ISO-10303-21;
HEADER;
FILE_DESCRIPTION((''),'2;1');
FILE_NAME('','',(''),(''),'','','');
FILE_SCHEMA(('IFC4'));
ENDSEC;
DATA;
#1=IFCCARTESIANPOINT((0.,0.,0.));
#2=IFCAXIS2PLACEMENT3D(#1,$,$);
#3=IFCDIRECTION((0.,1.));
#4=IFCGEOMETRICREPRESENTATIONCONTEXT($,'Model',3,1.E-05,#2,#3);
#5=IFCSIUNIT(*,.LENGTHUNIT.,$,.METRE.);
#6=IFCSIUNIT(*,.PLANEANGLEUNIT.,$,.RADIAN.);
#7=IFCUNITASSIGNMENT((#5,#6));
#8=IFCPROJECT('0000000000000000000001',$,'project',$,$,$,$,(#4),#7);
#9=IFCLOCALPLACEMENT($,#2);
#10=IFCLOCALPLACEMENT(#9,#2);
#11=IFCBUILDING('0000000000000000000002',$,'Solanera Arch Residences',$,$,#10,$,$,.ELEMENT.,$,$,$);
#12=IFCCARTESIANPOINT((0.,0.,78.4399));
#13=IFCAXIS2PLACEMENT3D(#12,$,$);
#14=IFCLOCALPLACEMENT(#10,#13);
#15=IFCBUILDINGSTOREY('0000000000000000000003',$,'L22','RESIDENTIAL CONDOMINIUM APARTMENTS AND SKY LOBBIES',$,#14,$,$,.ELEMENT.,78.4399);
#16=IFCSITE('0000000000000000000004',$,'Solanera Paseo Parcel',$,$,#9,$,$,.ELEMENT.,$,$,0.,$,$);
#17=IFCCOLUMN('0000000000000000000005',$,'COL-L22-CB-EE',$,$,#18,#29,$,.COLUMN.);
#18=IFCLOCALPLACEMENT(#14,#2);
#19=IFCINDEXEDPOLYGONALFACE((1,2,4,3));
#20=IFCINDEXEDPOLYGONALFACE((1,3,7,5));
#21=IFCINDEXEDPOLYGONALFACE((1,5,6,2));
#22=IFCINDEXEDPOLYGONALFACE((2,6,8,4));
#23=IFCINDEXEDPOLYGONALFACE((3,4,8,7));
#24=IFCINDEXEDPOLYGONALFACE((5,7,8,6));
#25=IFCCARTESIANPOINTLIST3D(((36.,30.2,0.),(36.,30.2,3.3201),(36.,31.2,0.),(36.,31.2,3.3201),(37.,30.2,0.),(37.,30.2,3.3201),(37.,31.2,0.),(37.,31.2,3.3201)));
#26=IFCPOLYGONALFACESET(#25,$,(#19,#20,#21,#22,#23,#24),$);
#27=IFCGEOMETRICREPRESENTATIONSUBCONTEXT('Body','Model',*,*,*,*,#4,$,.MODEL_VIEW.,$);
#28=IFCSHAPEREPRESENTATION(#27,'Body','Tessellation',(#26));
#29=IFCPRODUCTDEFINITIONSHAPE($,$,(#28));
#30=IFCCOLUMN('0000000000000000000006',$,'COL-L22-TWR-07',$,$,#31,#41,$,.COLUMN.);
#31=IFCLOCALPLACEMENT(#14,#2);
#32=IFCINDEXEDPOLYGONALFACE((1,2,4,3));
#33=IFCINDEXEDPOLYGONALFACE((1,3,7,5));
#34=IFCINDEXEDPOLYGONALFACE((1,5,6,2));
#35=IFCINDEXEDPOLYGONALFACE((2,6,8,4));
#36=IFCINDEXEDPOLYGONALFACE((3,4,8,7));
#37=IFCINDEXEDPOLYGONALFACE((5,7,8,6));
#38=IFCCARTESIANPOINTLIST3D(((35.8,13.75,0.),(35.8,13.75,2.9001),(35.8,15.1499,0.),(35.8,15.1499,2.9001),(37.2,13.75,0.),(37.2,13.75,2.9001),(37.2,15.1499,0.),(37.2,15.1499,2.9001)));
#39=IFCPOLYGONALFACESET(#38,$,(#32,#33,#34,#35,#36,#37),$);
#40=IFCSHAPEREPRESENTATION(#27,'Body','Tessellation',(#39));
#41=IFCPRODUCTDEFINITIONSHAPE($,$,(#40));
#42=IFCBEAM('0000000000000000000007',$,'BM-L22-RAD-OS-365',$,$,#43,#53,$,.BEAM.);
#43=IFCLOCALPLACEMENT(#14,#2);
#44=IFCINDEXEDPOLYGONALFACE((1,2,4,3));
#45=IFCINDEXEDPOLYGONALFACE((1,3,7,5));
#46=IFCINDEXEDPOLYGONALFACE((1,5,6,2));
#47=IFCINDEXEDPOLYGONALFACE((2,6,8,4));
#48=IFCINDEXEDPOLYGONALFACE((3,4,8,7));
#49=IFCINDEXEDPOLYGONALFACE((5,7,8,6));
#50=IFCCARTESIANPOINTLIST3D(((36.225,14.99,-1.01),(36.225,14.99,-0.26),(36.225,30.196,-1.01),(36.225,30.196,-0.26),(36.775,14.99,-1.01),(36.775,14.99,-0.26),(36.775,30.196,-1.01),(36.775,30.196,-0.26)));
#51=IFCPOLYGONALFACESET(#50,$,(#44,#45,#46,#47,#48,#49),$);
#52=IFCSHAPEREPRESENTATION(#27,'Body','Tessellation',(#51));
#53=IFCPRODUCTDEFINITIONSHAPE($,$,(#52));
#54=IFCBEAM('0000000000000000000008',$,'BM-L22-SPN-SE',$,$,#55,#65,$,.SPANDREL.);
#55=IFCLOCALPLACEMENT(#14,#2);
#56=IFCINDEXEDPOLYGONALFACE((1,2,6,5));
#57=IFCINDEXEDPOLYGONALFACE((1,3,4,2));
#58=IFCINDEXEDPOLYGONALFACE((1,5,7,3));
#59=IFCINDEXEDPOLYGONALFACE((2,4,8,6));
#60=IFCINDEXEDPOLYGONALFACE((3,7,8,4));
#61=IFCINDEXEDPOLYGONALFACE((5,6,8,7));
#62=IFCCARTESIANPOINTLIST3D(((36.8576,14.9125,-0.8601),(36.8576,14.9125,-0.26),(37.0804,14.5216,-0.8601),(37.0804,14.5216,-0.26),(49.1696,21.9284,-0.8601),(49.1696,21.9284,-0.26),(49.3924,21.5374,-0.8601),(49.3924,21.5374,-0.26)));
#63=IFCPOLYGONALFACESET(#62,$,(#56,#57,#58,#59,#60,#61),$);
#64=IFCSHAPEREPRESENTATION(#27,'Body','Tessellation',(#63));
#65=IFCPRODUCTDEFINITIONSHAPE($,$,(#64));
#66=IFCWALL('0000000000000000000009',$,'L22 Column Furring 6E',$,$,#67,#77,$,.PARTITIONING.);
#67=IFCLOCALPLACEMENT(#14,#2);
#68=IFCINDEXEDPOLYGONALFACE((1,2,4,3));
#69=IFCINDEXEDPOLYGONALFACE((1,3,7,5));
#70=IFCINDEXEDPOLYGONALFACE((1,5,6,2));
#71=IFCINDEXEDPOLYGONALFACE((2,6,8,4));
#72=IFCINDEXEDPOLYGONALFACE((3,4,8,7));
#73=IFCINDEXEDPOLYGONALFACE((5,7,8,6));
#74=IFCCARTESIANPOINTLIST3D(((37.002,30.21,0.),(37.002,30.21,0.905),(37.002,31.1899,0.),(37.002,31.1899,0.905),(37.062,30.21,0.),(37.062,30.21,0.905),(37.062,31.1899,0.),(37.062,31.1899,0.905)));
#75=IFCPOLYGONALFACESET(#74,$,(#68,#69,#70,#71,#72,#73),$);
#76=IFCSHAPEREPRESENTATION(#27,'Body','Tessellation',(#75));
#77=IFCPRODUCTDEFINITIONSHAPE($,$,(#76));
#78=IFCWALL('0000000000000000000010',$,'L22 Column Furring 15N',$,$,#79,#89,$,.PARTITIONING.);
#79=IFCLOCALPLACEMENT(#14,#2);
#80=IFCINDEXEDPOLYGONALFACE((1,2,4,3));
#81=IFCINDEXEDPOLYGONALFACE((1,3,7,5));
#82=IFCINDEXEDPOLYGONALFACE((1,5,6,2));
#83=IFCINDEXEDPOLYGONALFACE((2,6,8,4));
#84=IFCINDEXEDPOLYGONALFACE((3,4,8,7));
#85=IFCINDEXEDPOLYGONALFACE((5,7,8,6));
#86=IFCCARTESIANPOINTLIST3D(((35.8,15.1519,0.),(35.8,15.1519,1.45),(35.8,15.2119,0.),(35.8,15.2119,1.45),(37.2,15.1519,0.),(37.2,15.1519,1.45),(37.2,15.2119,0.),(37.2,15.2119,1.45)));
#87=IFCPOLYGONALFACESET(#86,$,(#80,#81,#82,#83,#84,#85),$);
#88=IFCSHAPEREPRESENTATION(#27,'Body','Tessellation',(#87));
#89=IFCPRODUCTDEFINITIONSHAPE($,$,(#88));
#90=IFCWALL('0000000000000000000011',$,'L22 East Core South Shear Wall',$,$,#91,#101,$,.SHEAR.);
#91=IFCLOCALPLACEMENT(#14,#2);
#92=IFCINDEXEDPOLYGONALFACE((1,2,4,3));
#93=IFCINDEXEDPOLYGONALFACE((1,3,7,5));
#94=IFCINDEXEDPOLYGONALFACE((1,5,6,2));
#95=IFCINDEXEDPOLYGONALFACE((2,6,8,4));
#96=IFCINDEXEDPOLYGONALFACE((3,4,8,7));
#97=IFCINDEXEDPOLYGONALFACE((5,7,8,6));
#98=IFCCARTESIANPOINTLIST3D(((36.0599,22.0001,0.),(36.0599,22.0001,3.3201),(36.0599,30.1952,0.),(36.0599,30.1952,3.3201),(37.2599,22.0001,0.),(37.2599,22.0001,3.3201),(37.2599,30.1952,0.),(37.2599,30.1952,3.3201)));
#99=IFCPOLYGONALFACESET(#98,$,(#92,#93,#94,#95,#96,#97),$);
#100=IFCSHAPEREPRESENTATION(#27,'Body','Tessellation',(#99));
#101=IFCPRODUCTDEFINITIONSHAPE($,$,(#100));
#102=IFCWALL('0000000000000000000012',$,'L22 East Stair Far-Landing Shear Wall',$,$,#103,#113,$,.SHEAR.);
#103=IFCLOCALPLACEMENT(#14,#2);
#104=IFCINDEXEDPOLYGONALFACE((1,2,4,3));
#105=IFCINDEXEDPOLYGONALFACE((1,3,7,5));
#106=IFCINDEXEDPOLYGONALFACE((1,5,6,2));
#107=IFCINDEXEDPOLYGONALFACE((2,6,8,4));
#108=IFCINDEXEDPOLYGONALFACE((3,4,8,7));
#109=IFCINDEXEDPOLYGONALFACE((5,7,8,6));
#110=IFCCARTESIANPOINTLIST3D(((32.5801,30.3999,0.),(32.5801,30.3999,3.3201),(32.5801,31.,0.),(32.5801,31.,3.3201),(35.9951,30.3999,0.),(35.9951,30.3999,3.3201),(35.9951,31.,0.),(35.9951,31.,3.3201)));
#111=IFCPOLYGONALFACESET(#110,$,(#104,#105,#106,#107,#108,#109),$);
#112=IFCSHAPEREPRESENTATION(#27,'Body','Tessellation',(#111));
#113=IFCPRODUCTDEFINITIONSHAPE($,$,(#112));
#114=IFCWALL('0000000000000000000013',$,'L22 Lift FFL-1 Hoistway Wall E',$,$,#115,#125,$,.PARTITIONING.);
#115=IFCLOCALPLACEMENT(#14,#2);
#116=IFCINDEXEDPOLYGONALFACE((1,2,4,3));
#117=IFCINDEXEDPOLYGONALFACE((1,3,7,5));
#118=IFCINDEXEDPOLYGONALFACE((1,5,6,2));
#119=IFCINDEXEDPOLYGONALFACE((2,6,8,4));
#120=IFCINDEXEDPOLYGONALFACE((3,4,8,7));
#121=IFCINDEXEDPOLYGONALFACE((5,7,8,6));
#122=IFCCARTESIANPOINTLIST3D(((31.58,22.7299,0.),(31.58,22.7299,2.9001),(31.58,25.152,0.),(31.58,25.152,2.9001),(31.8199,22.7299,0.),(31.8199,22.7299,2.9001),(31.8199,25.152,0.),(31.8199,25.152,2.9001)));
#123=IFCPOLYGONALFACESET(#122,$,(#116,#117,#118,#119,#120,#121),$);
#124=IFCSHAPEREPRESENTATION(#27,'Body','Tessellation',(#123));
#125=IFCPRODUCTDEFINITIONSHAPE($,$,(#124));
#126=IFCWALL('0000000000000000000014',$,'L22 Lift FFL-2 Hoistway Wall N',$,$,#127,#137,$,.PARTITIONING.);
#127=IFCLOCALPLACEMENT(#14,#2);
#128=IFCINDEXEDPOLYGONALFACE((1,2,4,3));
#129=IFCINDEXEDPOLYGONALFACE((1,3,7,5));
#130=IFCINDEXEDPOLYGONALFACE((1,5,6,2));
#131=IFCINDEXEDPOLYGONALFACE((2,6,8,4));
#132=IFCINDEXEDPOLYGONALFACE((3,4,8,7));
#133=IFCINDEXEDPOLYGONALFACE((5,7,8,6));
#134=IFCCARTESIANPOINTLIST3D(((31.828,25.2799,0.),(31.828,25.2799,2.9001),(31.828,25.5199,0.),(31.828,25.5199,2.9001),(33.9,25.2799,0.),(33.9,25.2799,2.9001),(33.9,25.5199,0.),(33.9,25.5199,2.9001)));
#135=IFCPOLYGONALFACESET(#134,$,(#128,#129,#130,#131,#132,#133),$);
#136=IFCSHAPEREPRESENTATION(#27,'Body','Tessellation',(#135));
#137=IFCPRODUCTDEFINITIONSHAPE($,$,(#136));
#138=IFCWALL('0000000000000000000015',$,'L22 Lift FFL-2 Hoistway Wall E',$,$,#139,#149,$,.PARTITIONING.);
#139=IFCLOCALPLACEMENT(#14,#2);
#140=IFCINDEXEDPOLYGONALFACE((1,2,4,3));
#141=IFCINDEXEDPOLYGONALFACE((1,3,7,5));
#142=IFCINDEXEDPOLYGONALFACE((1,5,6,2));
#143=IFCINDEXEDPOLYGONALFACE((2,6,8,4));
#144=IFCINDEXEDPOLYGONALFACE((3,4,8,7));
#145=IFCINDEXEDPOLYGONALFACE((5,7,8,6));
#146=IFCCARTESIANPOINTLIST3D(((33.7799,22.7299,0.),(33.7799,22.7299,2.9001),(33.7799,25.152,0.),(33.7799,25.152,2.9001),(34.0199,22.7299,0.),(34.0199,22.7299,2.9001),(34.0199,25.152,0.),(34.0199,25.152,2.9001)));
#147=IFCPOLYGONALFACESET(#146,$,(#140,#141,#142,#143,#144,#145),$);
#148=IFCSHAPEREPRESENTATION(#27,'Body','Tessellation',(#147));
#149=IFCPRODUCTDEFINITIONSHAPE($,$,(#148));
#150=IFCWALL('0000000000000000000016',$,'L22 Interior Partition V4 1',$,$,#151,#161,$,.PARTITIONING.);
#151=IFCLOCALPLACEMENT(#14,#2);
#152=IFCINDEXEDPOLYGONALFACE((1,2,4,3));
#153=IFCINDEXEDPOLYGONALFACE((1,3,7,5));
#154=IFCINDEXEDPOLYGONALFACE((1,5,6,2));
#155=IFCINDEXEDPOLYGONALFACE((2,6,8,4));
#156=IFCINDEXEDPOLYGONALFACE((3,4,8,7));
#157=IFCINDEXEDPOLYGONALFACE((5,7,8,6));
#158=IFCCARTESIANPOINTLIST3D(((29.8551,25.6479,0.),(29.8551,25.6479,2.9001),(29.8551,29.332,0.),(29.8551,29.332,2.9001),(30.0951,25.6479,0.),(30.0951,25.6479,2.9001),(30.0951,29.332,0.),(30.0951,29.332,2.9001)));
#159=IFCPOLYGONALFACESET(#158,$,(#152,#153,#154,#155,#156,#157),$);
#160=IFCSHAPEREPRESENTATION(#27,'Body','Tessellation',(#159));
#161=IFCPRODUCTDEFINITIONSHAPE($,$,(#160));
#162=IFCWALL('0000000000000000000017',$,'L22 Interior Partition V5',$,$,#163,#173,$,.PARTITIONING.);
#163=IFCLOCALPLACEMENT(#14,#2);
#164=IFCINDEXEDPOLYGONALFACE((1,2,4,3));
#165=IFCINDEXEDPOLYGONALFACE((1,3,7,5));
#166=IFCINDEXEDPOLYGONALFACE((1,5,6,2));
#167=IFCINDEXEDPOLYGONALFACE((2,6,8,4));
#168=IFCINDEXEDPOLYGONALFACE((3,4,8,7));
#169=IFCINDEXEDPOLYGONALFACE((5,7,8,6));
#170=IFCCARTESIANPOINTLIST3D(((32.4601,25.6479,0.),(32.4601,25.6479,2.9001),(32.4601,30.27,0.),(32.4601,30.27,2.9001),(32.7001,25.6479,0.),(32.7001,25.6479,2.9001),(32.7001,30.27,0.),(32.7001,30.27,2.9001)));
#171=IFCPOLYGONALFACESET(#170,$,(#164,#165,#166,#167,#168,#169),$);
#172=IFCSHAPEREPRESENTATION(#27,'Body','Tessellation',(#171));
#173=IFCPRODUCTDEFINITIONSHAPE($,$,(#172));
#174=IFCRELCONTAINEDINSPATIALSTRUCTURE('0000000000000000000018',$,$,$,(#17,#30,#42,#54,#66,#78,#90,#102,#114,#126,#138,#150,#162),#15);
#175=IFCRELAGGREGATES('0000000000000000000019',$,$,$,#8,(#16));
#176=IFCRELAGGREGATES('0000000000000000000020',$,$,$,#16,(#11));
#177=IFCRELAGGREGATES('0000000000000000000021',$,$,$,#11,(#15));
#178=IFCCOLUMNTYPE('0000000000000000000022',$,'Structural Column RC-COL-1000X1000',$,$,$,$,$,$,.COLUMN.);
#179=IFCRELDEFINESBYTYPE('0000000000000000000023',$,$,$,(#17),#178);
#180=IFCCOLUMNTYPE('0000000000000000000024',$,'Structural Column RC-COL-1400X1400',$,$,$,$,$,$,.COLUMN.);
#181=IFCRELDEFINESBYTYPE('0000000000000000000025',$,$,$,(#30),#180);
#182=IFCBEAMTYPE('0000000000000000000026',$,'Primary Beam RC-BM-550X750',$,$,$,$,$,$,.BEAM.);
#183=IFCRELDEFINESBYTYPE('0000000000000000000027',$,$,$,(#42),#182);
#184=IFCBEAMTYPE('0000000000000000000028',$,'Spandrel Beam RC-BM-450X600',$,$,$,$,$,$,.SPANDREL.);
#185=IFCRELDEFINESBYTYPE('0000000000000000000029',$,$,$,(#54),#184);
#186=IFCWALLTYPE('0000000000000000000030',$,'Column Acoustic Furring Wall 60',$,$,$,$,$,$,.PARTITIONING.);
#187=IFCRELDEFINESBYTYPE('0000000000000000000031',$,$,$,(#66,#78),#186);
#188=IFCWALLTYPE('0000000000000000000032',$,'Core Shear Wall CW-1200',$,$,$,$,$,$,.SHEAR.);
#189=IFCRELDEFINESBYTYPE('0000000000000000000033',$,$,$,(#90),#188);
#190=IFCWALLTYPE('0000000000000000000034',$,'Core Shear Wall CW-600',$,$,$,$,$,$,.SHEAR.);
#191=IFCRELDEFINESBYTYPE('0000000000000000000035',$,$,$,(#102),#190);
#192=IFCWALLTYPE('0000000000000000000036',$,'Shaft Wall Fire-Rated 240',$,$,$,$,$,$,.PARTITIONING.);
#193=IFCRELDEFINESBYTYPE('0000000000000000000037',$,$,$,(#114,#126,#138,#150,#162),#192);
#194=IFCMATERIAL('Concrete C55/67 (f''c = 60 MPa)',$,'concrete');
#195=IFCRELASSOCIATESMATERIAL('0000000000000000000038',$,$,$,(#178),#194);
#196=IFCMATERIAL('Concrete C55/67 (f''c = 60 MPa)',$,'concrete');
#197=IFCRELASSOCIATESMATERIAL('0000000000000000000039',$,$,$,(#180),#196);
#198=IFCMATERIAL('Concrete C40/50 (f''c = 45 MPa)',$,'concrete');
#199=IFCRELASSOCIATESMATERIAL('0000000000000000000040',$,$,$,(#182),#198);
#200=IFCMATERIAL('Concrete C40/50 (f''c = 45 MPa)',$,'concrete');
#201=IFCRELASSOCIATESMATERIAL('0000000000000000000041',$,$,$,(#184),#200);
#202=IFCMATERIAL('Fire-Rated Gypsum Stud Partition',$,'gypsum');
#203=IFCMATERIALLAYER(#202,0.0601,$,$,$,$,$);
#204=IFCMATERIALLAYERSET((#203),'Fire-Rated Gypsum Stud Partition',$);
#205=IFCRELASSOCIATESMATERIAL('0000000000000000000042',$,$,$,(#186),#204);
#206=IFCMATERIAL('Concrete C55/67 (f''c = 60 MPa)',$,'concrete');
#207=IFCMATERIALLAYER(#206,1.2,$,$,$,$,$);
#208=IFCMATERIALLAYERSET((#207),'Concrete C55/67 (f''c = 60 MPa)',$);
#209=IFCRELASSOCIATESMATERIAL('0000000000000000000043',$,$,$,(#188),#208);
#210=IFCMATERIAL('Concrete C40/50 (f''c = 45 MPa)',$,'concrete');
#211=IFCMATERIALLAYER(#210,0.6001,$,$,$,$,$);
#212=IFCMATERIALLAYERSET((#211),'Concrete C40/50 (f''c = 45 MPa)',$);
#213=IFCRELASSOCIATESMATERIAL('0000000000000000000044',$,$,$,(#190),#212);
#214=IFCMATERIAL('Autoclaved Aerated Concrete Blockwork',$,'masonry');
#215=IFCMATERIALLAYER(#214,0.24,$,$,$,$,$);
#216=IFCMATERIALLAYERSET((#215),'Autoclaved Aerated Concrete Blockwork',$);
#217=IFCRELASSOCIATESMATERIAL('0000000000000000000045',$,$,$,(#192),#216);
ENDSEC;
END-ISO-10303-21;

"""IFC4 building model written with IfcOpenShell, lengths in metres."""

from ifc_helpers import new_model, si_unit, direction, frame, frame_2d, origin, origin_2d, place, context, subcontext, project, spatial, rectangle, extrude, material, layer, layer_set, material_profile, profile_set, type_object, element, save


model = new_model("IFC4")

# Units and contexts
model_context = context("Model", 3, precision=1e-05, world=origin(), true_north=direction((0.0, 1.0)))
body_context = subcontext(model_context, "Body", "Model", "MODEL_VIEW")
ifc_project = project(units=[si_unit("LENGTHUNIT", "METRE"), si_unit("PLANEANGLEUNIT", "RADIAN")], contexts=[model_context])

# Site, building, storey
site_placement = place(None, origin())
site = spatial("IfcSite", under=ifc_project, at=site_placement, Name="Solanera Paseo Parcel", CompositionType="ELEMENT", RefElevation=0.0)
building_placement = place(site_placement, origin())
building = spatial("IfcBuilding", under=site, at=building_placement, Name="Solanera Arch Residences", CompositionType="ELEMENT")
storey_placement = place(building_placement, frame((0.0, 0.0, 78.4399)))
storey = spatial("IfcBuildingStorey", under=building, at=storey_placement, Name="L22", Description="RESIDENTIAL CONDOMINIUM APARTMENTS AND SKY LOBBIES", CompositionType="ELEMENT", Elevation=78.4399)

# Columns
ifc_material_1 = material(Name="Concrete C55/67 (f'c = 60 MPa)", Category="concrete")
ifc_material_profile_1 = material_profile(ifc_material_1, rectangle(XDim=1.0, YDim=1.0, at=origin_2d()))
ifc_profile_set_1 = profile_set([ifc_material_profile_1], Name="Concrete C55/67 (f'c = 60 MPa)")
column_type_1 = type_object("IfcColumnType", Name="Structural Column RC-COL-1000X1000", PredefinedType="COLUMN", material=ifc_profile_set_1)
column_1_placement = place(storey_placement, frame((36.5, 30.7, 0.0), z_axis=(0.0, 0.0, 1.0), x_axis=(1.0, 0.0, 0.0)))
element("IfcColumn", 1, at=column_1_placement, inside=storey, type_object=column_type_1, Name="COL-L22-CB-EE", PredefinedType="COLUMN", context=body_context, shape_type="SweptSolid", body=[
    extrude(rectangle(XDim=1.0, YDim=1.0, at=origin_2d()), origin(), (0.0, 0.0, 1.0), 3.3201),
])
ifc_material_2 = material(Name="Concrete C55/67 (f'c = 60 MPa)", Category="concrete")
ifc_material_profile_2 = material_profile(ifc_material_2, rectangle(XDim=1.3999, YDim=1.3999, at=origin_2d()))
ifc_profile_set_2 = profile_set([ifc_material_profile_2], Name="Concrete C55/67 (f'c = 60 MPa)")
column_type_2 = type_object("IfcColumnType", Name="Structural Column RC-COL-1400X1400", PredefinedType="COLUMN", material=ifc_profile_set_2)
column_2_placement = place(storey_placement, frame((36.5, 14.45, 0.0), z_axis=(0.0, 0.0, 1.0), x_axis=(1.0, 0.0, 0.0)))
element("IfcColumn", 2, at=column_2_placement, inside=storey, type_object=column_type_2, Name="COL-L22-TWR-07", PredefinedType="COLUMN", context=body_context, shape_type="SweptSolid", body=[
    extrude(rectangle(XDim=1.3999, YDim=1.3999, at=origin_2d()), origin(), (0.0, 0.0, 1.0), 2.9001),
])

# Beams
ifc_material_3 = material(Name="Concrete C40/50 (f'c = 45 MPa)", Category="concrete")
ifc_material_profile_3 = material_profile(ifc_material_3, rectangle(XDim=0.55, YDim=0.75, at=origin_2d()))
ifc_profile_set_3 = profile_set([ifc_material_profile_3], Name="Concrete C40/50 (f'c = 45 MPa)")
beam_type_1 = type_object("IfcBeamType", Name="Primary Beam RC-BM-550X750", PredefinedType="BEAM", material=ifc_profile_set_3)
beam_1_placement = place(storey_placement, frame((36.5, 14.99, -0.635), z_axis=(0.0, 1.0, 0.0), x_axis=(-1.0, 0.0, 0.0)))
element("IfcBeam", 3, at=beam_1_placement, inside=storey, type_object=beam_type_1, Name="BM-L22-RAD-OS-365", PredefinedType="BEAM", context=body_context, shape_type="SweptSolid", body=[
    extrude(rectangle(XDim=0.55, YDim=0.75, at=origin_2d()), origin(), (0.0, 0.0, 1.0), 15.2061),
])
ifc_material_4 = material(Name="Concrete C40/50 (f'c = 45 MPa)", Category="concrete")
ifc_material_profile_4 = material_profile(ifc_material_4, rectangle(XDim=0.45, YDim=0.6001, at=origin_2d()))
ifc_profile_set_4 = profile_set([ifc_material_profile_4], Name="Concrete C40/50 (f'c = 45 MPa)")
beam_type_2 = type_object("IfcBeamType", Name="Spandrel Beam RC-BM-450X600", PredefinedType="SPANDREL", material=ifc_profile_set_4)
beam_2_placement = place(storey_placement, frame((36.969, 14.717, -0.5601), z_axis=(0.868837, 0.495098, 0.0), x_axis=(-0.495098, 0.868837, 0.0)))
element("IfcBeam", 4, at=beam_2_placement, inside=storey, type_object=beam_type_2, Name="BM-L22-SPN-SE", PredefinedType="SPANDREL", context=body_context, shape_type="SweptSolid", body=[
    extrude(rectangle(XDim=0.45, YDim=0.6001, at=origin_2d()), origin(), (0.0, 0.0, 1.0), 14.1707),
])

# Walls
ifc_material_5 = material(Name="Fire-Rated Gypsum Stud Partition", Category="gypsum")
ifc_layer_1 = layer(ifc_material_5, 0.0601)
ifc_layer_set_1 = layer_set([ifc_layer_1], Name="Fire-Rated Gypsum Stud Partition")
wall_type_1 = type_object("IfcWallType", Name="Column Acoustic Furring Wall 60", PredefinedType="PARTITIONING", material=ifc_layer_set_1)
wall_1_placement = place(storey_placement, frame((37.032, 30.21, 0.0), z_axis=(0.0, 0.0, 1.0), x_axis=(0.0, 1.0, 0.0)))
element("IfcWall", 5, at=wall_1_placement, inside=storey, type_object=wall_type_1, Name="L22 Column Furring 6E", PredefinedType="PARTITIONING", context=body_context, shape_type="SweptSolid", body=[
    extrude(rectangle(XDim=0.98, YDim=0.0601, at=frame_2d((0.49, 0.0))), origin(), (0.0, 0.0, 1.0), 0.905),
])
wall_2_placement = place(storey_placement, frame((35.8, 15.1819, 0.0), z_axis=(0.0, 0.0, 1.0), x_axis=(1.0, 0.0, 0.0)))
element("IfcWall", 6, at=wall_2_placement, inside=storey, type_object=wall_type_1, Name="L22 Column Furring 15N", PredefinedType="PARTITIONING", context=body_context, shape_type="SweptSolid", body=[
    extrude(rectangle(XDim=1.3999, YDim=0.0601, at=frame_2d((0.7, 0.0))), origin(), (0.0, 0.0, 1.0), 1.45),
])
ifc_material_6 = material(Name="Concrete C55/67 (f'c = 60 MPa)", Category="concrete")
ifc_layer_2 = layer(ifc_material_6, 1.2)
ifc_layer_set_2 = layer_set([ifc_layer_2], Name="Concrete C55/67 (f'c = 60 MPa)")
wall_type_2 = type_object("IfcWallType", Name="Core Shear Wall CW-1200", PredefinedType="SHEAR", material=ifc_layer_set_2)
wall_3_placement = place(storey_placement, frame((36.6599, 22.0, 0.0), z_axis=(0.0, 0.0, 1.0), x_axis=(0.0, 1.0, 0.0)))
element("IfcWall", 7, at=wall_3_placement, inside=storey, type_object=wall_type_2, Name="L22 East Core South Shear Wall", PredefinedType="SHEAR", context=body_context, shape_type="SweptSolid", body=[
    extrude(rectangle(XDim=8.1951, YDim=1.2, at=frame_2d((4.0977, 0.0))), origin(), (0.0, 0.0, 1.0), 3.3201),
])
ifc_material_7 = material(Name="Concrete C40/50 (f'c = 45 MPa)", Category="concrete")
ifc_layer_3 = layer(ifc_material_7, 0.6001)
ifc_layer_set_3 = layer_set([ifc_layer_3], Name="Concrete C40/50 (f'c = 45 MPa)")
wall_type_3 = type_object("IfcWallType", Name="Core Shear Wall CW-600", PredefinedType="SHEAR", material=ifc_layer_set_3)
wall_4_placement = place(storey_placement, frame((32.5801, 30.7, 0.0), z_axis=(0.0, 0.0, 1.0), x_axis=(1.0, 0.0, 0.0)))
element("IfcWall", 8, at=wall_4_placement, inside=storey, type_object=wall_type_3, Name="L22 East Stair Far-Landing Shear Wall", PredefinedType="SHEAR", context=body_context, shape_type="SweptSolid", body=[
    extrude(rectangle(XDim=3.415, YDim=0.6001, at=frame_2d((1.7075, 0.0))), origin(), (0.0, 0.0, 1.0), 3.3201),
])
ifc_material_8 = material(Name="Autoclaved Aerated Concrete Blockwork", Category="masonry")
ifc_layer_4 = layer(ifc_material_8, 0.24)
ifc_layer_set_4 = layer_set([ifc_layer_4], Name="Autoclaved Aerated Concrete Blockwork")
wall_type_4 = type_object("IfcWallType", Name="Shaft Wall Fire-Rated 240", PredefinedType="PARTITIONING", material=ifc_layer_set_4)
wall_5_placement = place(storey_placement, frame((31.7, 22.73, 0.0), z_axis=(0.0, 0.0, 1.0), x_axis=(0.0, 1.0, 0.0)))
element("IfcWall", 9, at=wall_5_placement, inside=storey, type_object=wall_type_4, Name="L22 Lift FFL-1 Hoistway Wall E", PredefinedType="PARTITIONING", context=body_context, shape_type="SweptSolid", body=[
    extrude(rectangle(XDim=2.4221, YDim=0.24, at=frame_2d((1.2109, 0.0))), origin(), (0.0, 0.0, 1.0), 2.9001),
])
wall_6_placement = place(storey_placement, frame((31.8279, 25.3999, 0.0), z_axis=(0.0, 0.0, 1.0), x_axis=(1.0, 0.0, 0.0)))
element("IfcWall", 10, at=wall_6_placement, inside=storey, type_object=wall_type_4, Name="L22 Lift FFL-2 Hoistway Wall N", PredefinedType="PARTITIONING", context=body_context, shape_type="SweptSolid", body=[
    extrude(rectangle(XDim=2.072, YDim=0.24, at=frame_2d((1.0361, 0.0))), origin(), (0.0, 0.0, 1.0), 2.9001),
])
wall_7_placement = place(storey_placement, frame((33.8999, 22.73, 0.0), z_axis=(0.0, 0.0, 1.0), x_axis=(0.0, 1.0, 0.0)))
element("IfcWall", 11, at=wall_7_placement, inside=storey, type_object=wall_type_4, Name="L22 Lift FFL-2 Hoistway Wall E", PredefinedType="PARTITIONING", context=body_context, shape_type="SweptSolid", body=[
    extrude(rectangle(XDim=2.4221, YDim=0.24, at=frame_2d((1.2109, 0.0))), origin(), (0.0, 0.0, 1.0), 2.9001),
])
wall_8_placement = place(storey_placement, frame((29.9751, 25.6479, 0.0), z_axis=(0.0, 0.0, 1.0), x_axis=(0.0, 1.0, 0.0)))
element("IfcWall", 12, at=wall_8_placement, inside=storey, type_object=wall_type_4, Name="L22 Interior Partition V4 1", PredefinedType="PARTITIONING", context=body_context, shape_type="SweptSolid", body=[
    extrude(rectangle(XDim=3.6841, YDim=0.24, at=frame_2d((1.842, 0.0))), origin(), (0.0, 0.0, 1.0), 2.9001),
])

# Wall
wall_9_placement = place(storey_placement, frame((32.5801, 25.6479, 0.0), z_axis=(0.0, 0.0, 1.0), x_axis=(0.0, 1.0, 0.0)))
element("IfcWall", 13, at=wall_9_placement, inside=storey, type_object=wall_type_4, Name="L22 Interior Partition V5", PredefinedType="PARTITIONING", context=body_context, shape_type="SweptSolid", body=[
    extrude(rectangle(XDim=4.6221, YDim=0.24, at=frame_2d((2.311, 0.0))), origin(), (0.0, 0.0, 1.0), 2.9001),
])

save(model, "model.ifc")
